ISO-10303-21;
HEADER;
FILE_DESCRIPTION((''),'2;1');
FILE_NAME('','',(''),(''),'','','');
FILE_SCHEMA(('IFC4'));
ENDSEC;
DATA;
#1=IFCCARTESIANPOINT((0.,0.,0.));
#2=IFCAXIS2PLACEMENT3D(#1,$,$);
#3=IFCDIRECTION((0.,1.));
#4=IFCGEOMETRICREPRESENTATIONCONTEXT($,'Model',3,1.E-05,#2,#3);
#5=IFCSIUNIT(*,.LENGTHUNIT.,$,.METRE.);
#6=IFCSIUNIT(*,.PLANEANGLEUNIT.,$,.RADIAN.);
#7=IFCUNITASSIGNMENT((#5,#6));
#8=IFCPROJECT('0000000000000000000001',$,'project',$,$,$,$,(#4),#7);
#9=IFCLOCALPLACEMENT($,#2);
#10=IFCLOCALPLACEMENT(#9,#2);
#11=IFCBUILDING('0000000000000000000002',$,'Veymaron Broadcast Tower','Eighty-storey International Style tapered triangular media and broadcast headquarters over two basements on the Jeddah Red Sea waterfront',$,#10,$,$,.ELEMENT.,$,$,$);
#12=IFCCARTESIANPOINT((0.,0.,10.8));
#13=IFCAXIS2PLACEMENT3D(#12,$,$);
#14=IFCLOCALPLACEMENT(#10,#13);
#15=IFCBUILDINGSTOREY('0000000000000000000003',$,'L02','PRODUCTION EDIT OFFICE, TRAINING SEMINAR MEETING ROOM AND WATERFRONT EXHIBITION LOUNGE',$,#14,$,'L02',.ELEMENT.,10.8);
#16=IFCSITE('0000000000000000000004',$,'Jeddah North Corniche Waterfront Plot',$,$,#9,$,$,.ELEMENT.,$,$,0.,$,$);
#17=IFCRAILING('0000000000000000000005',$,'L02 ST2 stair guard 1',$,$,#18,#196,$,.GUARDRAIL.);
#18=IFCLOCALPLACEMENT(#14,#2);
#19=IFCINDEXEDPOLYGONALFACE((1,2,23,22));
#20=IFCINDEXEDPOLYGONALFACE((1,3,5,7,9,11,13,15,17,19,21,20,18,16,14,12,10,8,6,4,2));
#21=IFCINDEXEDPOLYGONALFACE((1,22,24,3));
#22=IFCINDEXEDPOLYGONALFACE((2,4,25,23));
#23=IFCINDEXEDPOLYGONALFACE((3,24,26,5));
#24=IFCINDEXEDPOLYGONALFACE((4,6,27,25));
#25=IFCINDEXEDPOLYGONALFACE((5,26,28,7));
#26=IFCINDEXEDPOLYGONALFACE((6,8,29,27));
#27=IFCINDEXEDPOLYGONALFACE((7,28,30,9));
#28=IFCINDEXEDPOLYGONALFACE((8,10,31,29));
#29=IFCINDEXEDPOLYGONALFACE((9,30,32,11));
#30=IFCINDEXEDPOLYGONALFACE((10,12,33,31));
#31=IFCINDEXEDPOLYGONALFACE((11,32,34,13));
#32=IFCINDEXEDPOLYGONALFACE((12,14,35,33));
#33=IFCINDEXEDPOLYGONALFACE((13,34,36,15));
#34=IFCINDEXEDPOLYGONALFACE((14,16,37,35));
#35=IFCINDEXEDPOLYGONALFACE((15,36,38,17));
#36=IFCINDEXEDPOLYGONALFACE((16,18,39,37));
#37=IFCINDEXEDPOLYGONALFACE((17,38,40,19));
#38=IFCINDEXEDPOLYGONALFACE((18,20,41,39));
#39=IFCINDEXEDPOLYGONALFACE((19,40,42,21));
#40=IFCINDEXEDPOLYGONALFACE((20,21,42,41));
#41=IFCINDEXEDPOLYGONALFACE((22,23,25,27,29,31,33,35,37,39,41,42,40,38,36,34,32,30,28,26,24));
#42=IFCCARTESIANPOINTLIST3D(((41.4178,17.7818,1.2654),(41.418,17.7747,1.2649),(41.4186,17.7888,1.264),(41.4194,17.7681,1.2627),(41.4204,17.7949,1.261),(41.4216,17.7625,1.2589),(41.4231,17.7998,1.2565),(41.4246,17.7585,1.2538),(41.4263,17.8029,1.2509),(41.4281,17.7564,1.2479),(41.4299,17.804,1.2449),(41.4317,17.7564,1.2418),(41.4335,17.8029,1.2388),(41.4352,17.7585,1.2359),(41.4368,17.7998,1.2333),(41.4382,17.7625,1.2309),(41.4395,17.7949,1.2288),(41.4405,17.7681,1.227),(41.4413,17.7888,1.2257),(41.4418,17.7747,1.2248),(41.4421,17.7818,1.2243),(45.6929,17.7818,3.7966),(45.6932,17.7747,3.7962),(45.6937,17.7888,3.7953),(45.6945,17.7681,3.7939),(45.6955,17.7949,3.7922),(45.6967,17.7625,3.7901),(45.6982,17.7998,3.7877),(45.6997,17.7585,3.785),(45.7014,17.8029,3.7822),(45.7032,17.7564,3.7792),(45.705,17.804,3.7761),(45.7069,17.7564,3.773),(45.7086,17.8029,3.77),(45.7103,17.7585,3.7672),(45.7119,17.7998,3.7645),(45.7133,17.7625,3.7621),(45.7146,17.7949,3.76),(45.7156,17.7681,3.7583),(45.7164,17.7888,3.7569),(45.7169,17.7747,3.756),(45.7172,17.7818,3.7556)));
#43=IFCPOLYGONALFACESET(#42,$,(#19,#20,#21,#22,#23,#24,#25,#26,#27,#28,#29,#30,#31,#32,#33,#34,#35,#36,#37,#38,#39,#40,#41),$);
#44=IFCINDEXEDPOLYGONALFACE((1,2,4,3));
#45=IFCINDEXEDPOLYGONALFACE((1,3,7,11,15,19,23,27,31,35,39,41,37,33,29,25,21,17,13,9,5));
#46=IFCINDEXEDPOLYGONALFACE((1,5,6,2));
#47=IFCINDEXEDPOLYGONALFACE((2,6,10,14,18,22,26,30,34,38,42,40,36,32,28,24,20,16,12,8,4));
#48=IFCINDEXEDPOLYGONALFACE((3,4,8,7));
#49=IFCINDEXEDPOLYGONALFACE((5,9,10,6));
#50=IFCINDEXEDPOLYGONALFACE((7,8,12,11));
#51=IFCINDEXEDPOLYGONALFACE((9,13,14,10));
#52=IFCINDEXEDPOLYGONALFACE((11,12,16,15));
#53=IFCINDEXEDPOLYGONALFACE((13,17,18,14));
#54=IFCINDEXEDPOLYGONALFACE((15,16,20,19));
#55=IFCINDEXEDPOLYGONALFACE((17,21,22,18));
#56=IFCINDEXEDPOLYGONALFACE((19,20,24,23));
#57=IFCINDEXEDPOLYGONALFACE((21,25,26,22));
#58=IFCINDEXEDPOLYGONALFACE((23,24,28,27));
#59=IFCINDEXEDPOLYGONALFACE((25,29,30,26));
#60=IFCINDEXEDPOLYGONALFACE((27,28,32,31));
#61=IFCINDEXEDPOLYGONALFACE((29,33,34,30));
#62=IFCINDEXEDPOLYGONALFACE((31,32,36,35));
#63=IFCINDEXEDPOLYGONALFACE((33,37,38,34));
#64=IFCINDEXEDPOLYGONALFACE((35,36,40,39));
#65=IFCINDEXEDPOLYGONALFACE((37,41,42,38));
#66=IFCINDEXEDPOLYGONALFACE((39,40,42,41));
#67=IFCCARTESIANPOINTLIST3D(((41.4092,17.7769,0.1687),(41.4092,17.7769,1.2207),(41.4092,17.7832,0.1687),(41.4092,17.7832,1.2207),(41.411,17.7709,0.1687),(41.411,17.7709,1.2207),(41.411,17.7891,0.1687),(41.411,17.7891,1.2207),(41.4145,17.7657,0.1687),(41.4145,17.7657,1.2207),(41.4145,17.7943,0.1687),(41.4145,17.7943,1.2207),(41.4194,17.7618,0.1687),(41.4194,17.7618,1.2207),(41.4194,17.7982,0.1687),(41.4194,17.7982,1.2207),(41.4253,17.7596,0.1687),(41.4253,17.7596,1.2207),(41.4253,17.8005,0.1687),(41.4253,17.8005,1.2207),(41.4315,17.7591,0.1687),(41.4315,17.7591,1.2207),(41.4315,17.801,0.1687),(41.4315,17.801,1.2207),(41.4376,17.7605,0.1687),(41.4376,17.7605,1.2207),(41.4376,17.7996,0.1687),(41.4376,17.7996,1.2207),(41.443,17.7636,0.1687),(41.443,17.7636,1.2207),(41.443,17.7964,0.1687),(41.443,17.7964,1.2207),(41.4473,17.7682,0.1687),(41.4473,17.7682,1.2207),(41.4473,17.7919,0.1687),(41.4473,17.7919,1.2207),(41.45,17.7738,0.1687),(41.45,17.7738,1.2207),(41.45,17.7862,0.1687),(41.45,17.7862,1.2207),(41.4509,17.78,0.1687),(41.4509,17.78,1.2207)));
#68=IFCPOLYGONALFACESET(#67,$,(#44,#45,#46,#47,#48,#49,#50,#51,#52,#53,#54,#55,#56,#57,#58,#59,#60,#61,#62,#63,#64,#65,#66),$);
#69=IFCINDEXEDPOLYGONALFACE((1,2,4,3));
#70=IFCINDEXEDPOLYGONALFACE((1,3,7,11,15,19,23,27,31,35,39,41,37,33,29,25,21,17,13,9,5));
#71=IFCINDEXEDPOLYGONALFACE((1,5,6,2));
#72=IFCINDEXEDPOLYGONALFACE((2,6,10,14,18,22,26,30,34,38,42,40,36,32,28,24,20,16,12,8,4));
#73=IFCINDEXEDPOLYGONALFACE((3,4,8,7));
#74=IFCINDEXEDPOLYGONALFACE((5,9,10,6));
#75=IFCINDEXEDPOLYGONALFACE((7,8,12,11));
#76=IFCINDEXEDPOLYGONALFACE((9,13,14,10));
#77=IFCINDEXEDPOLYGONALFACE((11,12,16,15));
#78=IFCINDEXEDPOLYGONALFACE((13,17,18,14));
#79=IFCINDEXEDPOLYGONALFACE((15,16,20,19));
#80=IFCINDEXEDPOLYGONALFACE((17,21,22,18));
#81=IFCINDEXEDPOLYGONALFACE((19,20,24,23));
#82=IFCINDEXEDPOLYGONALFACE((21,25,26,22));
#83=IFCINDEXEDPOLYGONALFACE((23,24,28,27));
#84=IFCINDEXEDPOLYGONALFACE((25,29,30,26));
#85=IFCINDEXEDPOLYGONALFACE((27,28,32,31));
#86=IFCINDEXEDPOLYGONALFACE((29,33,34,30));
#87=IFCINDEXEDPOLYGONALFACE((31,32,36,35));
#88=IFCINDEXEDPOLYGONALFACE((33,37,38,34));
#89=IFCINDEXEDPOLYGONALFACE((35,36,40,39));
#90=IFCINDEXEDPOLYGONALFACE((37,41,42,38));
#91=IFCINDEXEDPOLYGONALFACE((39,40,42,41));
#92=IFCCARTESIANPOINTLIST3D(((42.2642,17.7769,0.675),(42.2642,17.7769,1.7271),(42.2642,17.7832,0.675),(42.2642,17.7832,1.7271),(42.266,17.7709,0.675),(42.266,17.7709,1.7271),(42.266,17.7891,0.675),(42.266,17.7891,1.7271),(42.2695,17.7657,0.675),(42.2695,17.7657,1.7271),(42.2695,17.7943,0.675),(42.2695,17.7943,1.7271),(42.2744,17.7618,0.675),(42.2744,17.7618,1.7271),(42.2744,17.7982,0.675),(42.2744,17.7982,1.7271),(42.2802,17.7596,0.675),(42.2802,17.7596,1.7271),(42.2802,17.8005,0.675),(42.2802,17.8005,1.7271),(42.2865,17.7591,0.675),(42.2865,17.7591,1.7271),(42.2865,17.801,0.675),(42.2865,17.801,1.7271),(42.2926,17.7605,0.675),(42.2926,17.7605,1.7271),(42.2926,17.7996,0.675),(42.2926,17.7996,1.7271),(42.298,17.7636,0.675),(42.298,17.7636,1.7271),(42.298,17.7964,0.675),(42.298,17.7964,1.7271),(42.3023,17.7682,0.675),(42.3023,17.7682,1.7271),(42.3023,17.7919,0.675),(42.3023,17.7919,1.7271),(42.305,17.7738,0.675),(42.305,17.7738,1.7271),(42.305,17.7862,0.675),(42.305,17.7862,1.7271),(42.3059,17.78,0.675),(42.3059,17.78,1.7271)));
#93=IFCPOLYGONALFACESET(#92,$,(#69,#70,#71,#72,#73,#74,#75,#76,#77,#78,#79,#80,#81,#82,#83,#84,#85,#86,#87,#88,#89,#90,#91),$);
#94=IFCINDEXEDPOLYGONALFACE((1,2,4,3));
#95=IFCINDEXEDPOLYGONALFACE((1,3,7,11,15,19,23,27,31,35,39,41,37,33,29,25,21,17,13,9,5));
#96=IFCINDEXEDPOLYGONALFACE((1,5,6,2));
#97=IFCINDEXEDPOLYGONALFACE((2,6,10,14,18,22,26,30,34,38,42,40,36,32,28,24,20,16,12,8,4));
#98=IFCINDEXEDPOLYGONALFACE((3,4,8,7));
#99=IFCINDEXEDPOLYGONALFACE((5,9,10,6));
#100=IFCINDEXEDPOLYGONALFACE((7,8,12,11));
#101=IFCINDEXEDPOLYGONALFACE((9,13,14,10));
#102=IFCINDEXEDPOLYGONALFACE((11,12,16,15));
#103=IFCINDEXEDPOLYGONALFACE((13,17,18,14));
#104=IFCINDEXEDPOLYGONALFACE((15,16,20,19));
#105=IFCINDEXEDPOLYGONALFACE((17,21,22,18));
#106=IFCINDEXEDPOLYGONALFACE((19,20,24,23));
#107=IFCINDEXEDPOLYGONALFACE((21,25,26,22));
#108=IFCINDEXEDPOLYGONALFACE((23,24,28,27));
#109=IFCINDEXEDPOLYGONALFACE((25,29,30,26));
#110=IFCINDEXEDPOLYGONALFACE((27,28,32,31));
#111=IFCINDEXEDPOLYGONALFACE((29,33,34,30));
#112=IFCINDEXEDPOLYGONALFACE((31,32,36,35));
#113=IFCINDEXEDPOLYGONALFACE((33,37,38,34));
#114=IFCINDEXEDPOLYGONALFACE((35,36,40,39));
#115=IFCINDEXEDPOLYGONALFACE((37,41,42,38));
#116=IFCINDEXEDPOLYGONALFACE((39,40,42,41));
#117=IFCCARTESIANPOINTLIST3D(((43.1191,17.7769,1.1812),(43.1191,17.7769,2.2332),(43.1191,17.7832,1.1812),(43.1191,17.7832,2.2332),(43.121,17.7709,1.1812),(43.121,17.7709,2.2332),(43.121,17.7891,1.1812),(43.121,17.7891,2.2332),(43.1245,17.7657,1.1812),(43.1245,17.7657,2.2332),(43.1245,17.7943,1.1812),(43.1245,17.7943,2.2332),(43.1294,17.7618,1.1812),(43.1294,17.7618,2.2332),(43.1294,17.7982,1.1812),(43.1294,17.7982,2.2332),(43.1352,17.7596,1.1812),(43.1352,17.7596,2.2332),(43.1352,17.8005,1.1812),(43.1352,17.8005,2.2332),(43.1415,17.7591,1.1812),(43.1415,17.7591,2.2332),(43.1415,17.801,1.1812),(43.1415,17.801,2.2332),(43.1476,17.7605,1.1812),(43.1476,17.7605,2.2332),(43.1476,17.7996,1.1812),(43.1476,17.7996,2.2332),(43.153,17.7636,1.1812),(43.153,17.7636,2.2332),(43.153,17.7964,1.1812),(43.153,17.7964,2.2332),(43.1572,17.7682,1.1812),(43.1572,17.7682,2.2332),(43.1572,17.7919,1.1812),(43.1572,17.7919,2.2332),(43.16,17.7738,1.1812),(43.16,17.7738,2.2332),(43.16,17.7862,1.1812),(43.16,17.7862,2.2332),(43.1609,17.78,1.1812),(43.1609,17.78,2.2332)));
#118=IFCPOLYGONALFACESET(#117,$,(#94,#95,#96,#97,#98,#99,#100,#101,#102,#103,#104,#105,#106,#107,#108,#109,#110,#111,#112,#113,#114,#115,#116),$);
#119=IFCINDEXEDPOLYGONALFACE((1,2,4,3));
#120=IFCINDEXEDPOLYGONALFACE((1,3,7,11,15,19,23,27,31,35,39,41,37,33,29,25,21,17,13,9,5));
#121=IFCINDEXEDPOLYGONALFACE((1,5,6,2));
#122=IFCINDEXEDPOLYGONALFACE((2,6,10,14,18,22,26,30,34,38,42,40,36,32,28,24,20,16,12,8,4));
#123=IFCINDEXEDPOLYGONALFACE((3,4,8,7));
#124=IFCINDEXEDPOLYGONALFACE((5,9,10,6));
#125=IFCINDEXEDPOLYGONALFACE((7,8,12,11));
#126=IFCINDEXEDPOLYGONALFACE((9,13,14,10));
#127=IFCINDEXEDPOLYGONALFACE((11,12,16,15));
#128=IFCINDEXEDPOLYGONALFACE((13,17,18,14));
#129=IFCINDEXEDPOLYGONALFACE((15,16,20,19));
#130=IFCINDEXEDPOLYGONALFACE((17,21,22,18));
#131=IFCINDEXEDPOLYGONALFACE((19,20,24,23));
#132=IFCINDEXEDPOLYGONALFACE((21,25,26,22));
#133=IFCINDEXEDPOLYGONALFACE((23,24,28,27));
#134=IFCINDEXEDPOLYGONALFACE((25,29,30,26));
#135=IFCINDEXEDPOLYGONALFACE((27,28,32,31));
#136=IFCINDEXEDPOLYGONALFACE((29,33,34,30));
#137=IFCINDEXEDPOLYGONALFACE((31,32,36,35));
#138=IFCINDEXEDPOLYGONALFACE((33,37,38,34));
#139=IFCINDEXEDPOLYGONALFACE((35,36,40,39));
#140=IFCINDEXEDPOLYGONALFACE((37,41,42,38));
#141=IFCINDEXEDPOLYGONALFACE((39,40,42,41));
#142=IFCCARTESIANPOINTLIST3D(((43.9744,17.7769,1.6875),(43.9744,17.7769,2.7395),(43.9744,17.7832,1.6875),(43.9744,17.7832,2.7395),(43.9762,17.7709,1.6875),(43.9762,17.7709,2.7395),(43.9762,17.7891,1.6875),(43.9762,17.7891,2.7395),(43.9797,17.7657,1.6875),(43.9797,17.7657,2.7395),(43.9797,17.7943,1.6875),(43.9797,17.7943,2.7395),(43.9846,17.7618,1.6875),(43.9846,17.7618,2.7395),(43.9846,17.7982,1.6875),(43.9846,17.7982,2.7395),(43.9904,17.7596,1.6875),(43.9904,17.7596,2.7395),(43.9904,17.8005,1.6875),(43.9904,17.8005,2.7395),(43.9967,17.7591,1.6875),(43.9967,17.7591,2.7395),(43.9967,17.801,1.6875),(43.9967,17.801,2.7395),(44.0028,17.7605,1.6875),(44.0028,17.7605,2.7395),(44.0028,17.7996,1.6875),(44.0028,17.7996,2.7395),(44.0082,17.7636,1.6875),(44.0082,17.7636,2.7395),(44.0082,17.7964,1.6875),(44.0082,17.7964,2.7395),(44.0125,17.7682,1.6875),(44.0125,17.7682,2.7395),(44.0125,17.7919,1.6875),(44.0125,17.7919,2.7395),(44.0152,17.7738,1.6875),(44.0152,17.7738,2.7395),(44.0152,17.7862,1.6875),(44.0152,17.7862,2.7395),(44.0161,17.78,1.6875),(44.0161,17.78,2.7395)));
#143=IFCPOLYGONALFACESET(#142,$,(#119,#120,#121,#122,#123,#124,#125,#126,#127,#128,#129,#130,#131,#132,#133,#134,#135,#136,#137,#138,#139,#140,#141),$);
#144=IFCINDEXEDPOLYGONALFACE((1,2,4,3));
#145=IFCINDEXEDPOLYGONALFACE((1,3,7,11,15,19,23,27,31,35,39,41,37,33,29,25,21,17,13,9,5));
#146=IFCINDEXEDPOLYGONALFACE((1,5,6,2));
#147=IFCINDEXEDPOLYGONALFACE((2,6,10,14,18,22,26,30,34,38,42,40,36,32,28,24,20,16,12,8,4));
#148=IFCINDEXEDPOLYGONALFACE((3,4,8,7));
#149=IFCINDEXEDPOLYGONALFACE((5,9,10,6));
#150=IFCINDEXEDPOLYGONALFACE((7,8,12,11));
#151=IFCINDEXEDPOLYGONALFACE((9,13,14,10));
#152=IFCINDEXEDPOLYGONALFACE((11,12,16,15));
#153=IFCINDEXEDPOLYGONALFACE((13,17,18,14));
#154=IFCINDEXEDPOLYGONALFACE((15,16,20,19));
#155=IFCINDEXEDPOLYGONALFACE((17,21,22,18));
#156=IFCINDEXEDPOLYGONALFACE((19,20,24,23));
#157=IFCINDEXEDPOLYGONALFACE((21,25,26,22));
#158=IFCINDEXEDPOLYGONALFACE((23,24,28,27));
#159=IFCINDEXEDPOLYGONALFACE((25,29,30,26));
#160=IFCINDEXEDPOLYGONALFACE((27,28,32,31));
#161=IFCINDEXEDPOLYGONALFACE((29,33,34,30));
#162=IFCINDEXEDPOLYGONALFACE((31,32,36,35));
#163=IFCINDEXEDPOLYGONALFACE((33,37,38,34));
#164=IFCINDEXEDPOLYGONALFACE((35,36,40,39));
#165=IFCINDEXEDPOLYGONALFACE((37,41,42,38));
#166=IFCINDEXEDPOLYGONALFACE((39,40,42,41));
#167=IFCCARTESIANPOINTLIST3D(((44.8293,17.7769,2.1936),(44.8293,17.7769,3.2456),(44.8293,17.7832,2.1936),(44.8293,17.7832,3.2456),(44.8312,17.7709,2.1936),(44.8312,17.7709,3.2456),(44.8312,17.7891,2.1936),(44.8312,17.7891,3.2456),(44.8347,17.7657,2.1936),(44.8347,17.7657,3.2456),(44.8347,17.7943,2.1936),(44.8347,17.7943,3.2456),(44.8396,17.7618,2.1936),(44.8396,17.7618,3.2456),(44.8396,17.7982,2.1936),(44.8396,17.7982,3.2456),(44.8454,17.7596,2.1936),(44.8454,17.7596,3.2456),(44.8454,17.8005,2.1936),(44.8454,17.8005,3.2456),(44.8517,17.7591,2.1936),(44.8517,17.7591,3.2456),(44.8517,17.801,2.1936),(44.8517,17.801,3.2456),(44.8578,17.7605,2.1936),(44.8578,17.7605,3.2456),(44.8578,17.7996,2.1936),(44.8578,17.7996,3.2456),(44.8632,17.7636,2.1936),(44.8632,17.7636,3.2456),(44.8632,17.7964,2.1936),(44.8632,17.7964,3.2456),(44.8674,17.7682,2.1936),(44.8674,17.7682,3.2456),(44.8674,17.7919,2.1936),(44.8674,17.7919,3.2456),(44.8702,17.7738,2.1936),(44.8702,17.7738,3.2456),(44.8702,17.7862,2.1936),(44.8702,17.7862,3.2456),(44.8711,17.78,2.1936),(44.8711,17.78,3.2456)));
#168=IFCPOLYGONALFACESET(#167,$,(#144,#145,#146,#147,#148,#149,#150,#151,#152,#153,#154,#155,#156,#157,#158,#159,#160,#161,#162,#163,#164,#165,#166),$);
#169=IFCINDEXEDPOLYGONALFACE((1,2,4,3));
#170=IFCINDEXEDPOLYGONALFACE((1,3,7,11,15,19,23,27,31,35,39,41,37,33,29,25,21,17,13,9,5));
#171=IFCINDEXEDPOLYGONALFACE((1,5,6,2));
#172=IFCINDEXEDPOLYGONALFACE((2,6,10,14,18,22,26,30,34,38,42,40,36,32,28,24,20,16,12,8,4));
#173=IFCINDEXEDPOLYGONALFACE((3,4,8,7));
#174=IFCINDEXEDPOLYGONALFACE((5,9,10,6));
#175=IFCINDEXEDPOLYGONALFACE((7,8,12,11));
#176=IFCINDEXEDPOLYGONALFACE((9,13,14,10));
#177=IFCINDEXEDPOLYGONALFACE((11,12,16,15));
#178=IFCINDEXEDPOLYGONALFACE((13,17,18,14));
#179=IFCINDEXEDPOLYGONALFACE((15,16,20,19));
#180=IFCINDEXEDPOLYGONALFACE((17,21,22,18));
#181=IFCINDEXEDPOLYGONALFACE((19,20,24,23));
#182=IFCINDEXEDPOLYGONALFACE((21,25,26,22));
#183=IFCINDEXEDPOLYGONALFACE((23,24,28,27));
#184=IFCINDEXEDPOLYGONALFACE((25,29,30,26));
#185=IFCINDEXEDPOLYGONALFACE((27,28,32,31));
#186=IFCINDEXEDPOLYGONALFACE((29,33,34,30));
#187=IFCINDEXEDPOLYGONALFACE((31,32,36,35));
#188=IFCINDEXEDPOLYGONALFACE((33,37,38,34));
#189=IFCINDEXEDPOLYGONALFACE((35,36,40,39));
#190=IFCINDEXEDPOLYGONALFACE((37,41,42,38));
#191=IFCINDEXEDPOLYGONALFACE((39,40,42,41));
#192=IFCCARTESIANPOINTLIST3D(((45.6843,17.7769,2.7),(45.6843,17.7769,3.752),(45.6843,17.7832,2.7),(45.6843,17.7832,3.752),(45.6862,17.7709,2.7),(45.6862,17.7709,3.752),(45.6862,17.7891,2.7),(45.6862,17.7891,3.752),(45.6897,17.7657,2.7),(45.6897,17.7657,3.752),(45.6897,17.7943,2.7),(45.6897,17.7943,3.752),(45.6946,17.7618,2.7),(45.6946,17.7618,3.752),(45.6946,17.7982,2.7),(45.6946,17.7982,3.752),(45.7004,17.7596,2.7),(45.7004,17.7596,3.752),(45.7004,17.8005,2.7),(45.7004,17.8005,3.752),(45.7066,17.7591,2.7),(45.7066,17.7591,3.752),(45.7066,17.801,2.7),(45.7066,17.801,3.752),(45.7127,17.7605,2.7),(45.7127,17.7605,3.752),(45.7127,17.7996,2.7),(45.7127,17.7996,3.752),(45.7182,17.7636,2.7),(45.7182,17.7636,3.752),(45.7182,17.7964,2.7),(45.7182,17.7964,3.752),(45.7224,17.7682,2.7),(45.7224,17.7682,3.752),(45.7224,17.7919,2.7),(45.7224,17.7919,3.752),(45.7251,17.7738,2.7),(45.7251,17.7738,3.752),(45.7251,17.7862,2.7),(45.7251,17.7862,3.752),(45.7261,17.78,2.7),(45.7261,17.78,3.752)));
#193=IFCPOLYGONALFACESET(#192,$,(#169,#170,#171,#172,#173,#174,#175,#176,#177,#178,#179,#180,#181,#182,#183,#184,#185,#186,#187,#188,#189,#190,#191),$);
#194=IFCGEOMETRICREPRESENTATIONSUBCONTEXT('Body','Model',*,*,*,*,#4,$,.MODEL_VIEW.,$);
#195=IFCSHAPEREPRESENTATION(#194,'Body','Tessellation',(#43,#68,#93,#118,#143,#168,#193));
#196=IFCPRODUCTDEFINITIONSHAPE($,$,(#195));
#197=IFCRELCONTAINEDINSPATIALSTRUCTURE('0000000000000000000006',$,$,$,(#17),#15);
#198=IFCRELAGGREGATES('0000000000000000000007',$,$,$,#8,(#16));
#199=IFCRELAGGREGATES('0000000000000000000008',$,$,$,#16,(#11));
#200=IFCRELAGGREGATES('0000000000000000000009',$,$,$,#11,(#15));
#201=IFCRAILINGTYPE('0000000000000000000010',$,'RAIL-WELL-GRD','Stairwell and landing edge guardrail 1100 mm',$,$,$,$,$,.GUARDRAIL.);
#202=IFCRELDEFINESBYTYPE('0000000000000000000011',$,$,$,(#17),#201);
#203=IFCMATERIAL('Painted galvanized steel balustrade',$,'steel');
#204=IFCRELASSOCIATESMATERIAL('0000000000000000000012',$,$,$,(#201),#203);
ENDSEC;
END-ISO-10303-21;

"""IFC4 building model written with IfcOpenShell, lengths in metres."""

from ifc_helpers import new_model, si_unit, direction, frame, origin, origin_2d, place, context, subcontext, project, spatial, circle, extrude, material, type_object, element, save


model = new_model("IFC4")

# Units and contexts
model_context = context("Model", 3, precision=1e-05, world=origin(), true_north=direction((0.0, 1.0)))
body_context = subcontext(model_context, "Body", "Model", "MODEL_VIEW")
ifc_project = project(units=[si_unit("LENGTHUNIT", "METRE"), si_unit("PLANEANGLEUNIT", "RADIAN")], contexts=[model_context])

# Site, building, storey
site_placement = place(None, origin())
site = spatial("IfcSite", under=ifc_project, at=site_placement, Name="Jeddah North Corniche Waterfront Plot", CompositionType="ELEMENT", RefElevation=0.0)
building_placement = place(site_placement, origin())
building = spatial("IfcBuilding", under=site, at=building_placement, Name="Veymaron Broadcast Tower", Description="Eighty-storey International Style tapered triangular media and broadcast headquarters over two basements on the Jeddah Red Sea waterfront", CompositionType="ELEMENT")
storey_placement = place(building_placement, frame((0.0, 0.0, 10.8)))
storey = spatial("IfcBuildingStorey", under=building, at=storey_placement, Name="L02", Description="PRODUCTION EDIT OFFICE, TRAINING SEMINAR MEETING ROOM AND WATERFRONT EXHIBITION LOUNGE", LongName="L02", CompositionType="ELEMENT", Elevation=10.8)

# Railing
ifc_material_1 = material(Name="Painted galvanized steel balustrade", Category="steel")
railing_type_1 = type_object("IfcRailingType", Name="RAIL-WELL-GRD", Description="Stairwell and landing edge guardrail 1100 mm", PredefinedType="GUARDRAIL", material=ifc_material_1)
railing_1_placement = place(storey_placement, frame((41.4299, 17.78, 0.1687)))
element("IfcRailing", 1, at=railing_1_placement, inside=storey, type_object=railing_type_1, Name="L02 ST2 stair guard 1", PredefinedType="GUARDRAIL", context=body_context, shape_type="SweptSolid", body=[
    extrude(circle(Radius=0.0239, at=origin_2d()), frame((0.0, 0.0, 1.0762), z_axis=(0.860483, 0.0, 0.509479), x_axis=(0.0, 1.0, 0.0)), (0.0, 0.0, 1.0), 4.9683),
    extrude(circle(Radius=0.021, at=origin_2d()), origin(), (0.0, 0.0, 1.0), 1.052),
    extrude(circle(Radius=0.021, at=origin_2d()), frame((0.855, 0.0, 0.5063)), (0.0, 0.0, 1.0), 1.052),
    extrude(circle(Radius=0.021, at=origin_2d()), frame((1.71, 0.0, 1.0125)), (0.0, 0.0, 1.0), 1.052),
    extrude(circle(Radius=0.021, at=origin_2d()), frame((2.5652, 0.0, 1.5188)), (0.0, 0.0, 1.0), 1.052),
    extrude(circle(Radius=0.021, at=origin_2d()), frame((3.4202, 0.0, 2.0249)), (0.0, 0.0, 1.0), 1.052),
    extrude(circle(Radius=0.021, at=origin_2d()), frame((4.2751, 0.0, 2.5312)), (0.0, 0.0, 1.0), 1.052),
])

save(model, "model.ifc")
